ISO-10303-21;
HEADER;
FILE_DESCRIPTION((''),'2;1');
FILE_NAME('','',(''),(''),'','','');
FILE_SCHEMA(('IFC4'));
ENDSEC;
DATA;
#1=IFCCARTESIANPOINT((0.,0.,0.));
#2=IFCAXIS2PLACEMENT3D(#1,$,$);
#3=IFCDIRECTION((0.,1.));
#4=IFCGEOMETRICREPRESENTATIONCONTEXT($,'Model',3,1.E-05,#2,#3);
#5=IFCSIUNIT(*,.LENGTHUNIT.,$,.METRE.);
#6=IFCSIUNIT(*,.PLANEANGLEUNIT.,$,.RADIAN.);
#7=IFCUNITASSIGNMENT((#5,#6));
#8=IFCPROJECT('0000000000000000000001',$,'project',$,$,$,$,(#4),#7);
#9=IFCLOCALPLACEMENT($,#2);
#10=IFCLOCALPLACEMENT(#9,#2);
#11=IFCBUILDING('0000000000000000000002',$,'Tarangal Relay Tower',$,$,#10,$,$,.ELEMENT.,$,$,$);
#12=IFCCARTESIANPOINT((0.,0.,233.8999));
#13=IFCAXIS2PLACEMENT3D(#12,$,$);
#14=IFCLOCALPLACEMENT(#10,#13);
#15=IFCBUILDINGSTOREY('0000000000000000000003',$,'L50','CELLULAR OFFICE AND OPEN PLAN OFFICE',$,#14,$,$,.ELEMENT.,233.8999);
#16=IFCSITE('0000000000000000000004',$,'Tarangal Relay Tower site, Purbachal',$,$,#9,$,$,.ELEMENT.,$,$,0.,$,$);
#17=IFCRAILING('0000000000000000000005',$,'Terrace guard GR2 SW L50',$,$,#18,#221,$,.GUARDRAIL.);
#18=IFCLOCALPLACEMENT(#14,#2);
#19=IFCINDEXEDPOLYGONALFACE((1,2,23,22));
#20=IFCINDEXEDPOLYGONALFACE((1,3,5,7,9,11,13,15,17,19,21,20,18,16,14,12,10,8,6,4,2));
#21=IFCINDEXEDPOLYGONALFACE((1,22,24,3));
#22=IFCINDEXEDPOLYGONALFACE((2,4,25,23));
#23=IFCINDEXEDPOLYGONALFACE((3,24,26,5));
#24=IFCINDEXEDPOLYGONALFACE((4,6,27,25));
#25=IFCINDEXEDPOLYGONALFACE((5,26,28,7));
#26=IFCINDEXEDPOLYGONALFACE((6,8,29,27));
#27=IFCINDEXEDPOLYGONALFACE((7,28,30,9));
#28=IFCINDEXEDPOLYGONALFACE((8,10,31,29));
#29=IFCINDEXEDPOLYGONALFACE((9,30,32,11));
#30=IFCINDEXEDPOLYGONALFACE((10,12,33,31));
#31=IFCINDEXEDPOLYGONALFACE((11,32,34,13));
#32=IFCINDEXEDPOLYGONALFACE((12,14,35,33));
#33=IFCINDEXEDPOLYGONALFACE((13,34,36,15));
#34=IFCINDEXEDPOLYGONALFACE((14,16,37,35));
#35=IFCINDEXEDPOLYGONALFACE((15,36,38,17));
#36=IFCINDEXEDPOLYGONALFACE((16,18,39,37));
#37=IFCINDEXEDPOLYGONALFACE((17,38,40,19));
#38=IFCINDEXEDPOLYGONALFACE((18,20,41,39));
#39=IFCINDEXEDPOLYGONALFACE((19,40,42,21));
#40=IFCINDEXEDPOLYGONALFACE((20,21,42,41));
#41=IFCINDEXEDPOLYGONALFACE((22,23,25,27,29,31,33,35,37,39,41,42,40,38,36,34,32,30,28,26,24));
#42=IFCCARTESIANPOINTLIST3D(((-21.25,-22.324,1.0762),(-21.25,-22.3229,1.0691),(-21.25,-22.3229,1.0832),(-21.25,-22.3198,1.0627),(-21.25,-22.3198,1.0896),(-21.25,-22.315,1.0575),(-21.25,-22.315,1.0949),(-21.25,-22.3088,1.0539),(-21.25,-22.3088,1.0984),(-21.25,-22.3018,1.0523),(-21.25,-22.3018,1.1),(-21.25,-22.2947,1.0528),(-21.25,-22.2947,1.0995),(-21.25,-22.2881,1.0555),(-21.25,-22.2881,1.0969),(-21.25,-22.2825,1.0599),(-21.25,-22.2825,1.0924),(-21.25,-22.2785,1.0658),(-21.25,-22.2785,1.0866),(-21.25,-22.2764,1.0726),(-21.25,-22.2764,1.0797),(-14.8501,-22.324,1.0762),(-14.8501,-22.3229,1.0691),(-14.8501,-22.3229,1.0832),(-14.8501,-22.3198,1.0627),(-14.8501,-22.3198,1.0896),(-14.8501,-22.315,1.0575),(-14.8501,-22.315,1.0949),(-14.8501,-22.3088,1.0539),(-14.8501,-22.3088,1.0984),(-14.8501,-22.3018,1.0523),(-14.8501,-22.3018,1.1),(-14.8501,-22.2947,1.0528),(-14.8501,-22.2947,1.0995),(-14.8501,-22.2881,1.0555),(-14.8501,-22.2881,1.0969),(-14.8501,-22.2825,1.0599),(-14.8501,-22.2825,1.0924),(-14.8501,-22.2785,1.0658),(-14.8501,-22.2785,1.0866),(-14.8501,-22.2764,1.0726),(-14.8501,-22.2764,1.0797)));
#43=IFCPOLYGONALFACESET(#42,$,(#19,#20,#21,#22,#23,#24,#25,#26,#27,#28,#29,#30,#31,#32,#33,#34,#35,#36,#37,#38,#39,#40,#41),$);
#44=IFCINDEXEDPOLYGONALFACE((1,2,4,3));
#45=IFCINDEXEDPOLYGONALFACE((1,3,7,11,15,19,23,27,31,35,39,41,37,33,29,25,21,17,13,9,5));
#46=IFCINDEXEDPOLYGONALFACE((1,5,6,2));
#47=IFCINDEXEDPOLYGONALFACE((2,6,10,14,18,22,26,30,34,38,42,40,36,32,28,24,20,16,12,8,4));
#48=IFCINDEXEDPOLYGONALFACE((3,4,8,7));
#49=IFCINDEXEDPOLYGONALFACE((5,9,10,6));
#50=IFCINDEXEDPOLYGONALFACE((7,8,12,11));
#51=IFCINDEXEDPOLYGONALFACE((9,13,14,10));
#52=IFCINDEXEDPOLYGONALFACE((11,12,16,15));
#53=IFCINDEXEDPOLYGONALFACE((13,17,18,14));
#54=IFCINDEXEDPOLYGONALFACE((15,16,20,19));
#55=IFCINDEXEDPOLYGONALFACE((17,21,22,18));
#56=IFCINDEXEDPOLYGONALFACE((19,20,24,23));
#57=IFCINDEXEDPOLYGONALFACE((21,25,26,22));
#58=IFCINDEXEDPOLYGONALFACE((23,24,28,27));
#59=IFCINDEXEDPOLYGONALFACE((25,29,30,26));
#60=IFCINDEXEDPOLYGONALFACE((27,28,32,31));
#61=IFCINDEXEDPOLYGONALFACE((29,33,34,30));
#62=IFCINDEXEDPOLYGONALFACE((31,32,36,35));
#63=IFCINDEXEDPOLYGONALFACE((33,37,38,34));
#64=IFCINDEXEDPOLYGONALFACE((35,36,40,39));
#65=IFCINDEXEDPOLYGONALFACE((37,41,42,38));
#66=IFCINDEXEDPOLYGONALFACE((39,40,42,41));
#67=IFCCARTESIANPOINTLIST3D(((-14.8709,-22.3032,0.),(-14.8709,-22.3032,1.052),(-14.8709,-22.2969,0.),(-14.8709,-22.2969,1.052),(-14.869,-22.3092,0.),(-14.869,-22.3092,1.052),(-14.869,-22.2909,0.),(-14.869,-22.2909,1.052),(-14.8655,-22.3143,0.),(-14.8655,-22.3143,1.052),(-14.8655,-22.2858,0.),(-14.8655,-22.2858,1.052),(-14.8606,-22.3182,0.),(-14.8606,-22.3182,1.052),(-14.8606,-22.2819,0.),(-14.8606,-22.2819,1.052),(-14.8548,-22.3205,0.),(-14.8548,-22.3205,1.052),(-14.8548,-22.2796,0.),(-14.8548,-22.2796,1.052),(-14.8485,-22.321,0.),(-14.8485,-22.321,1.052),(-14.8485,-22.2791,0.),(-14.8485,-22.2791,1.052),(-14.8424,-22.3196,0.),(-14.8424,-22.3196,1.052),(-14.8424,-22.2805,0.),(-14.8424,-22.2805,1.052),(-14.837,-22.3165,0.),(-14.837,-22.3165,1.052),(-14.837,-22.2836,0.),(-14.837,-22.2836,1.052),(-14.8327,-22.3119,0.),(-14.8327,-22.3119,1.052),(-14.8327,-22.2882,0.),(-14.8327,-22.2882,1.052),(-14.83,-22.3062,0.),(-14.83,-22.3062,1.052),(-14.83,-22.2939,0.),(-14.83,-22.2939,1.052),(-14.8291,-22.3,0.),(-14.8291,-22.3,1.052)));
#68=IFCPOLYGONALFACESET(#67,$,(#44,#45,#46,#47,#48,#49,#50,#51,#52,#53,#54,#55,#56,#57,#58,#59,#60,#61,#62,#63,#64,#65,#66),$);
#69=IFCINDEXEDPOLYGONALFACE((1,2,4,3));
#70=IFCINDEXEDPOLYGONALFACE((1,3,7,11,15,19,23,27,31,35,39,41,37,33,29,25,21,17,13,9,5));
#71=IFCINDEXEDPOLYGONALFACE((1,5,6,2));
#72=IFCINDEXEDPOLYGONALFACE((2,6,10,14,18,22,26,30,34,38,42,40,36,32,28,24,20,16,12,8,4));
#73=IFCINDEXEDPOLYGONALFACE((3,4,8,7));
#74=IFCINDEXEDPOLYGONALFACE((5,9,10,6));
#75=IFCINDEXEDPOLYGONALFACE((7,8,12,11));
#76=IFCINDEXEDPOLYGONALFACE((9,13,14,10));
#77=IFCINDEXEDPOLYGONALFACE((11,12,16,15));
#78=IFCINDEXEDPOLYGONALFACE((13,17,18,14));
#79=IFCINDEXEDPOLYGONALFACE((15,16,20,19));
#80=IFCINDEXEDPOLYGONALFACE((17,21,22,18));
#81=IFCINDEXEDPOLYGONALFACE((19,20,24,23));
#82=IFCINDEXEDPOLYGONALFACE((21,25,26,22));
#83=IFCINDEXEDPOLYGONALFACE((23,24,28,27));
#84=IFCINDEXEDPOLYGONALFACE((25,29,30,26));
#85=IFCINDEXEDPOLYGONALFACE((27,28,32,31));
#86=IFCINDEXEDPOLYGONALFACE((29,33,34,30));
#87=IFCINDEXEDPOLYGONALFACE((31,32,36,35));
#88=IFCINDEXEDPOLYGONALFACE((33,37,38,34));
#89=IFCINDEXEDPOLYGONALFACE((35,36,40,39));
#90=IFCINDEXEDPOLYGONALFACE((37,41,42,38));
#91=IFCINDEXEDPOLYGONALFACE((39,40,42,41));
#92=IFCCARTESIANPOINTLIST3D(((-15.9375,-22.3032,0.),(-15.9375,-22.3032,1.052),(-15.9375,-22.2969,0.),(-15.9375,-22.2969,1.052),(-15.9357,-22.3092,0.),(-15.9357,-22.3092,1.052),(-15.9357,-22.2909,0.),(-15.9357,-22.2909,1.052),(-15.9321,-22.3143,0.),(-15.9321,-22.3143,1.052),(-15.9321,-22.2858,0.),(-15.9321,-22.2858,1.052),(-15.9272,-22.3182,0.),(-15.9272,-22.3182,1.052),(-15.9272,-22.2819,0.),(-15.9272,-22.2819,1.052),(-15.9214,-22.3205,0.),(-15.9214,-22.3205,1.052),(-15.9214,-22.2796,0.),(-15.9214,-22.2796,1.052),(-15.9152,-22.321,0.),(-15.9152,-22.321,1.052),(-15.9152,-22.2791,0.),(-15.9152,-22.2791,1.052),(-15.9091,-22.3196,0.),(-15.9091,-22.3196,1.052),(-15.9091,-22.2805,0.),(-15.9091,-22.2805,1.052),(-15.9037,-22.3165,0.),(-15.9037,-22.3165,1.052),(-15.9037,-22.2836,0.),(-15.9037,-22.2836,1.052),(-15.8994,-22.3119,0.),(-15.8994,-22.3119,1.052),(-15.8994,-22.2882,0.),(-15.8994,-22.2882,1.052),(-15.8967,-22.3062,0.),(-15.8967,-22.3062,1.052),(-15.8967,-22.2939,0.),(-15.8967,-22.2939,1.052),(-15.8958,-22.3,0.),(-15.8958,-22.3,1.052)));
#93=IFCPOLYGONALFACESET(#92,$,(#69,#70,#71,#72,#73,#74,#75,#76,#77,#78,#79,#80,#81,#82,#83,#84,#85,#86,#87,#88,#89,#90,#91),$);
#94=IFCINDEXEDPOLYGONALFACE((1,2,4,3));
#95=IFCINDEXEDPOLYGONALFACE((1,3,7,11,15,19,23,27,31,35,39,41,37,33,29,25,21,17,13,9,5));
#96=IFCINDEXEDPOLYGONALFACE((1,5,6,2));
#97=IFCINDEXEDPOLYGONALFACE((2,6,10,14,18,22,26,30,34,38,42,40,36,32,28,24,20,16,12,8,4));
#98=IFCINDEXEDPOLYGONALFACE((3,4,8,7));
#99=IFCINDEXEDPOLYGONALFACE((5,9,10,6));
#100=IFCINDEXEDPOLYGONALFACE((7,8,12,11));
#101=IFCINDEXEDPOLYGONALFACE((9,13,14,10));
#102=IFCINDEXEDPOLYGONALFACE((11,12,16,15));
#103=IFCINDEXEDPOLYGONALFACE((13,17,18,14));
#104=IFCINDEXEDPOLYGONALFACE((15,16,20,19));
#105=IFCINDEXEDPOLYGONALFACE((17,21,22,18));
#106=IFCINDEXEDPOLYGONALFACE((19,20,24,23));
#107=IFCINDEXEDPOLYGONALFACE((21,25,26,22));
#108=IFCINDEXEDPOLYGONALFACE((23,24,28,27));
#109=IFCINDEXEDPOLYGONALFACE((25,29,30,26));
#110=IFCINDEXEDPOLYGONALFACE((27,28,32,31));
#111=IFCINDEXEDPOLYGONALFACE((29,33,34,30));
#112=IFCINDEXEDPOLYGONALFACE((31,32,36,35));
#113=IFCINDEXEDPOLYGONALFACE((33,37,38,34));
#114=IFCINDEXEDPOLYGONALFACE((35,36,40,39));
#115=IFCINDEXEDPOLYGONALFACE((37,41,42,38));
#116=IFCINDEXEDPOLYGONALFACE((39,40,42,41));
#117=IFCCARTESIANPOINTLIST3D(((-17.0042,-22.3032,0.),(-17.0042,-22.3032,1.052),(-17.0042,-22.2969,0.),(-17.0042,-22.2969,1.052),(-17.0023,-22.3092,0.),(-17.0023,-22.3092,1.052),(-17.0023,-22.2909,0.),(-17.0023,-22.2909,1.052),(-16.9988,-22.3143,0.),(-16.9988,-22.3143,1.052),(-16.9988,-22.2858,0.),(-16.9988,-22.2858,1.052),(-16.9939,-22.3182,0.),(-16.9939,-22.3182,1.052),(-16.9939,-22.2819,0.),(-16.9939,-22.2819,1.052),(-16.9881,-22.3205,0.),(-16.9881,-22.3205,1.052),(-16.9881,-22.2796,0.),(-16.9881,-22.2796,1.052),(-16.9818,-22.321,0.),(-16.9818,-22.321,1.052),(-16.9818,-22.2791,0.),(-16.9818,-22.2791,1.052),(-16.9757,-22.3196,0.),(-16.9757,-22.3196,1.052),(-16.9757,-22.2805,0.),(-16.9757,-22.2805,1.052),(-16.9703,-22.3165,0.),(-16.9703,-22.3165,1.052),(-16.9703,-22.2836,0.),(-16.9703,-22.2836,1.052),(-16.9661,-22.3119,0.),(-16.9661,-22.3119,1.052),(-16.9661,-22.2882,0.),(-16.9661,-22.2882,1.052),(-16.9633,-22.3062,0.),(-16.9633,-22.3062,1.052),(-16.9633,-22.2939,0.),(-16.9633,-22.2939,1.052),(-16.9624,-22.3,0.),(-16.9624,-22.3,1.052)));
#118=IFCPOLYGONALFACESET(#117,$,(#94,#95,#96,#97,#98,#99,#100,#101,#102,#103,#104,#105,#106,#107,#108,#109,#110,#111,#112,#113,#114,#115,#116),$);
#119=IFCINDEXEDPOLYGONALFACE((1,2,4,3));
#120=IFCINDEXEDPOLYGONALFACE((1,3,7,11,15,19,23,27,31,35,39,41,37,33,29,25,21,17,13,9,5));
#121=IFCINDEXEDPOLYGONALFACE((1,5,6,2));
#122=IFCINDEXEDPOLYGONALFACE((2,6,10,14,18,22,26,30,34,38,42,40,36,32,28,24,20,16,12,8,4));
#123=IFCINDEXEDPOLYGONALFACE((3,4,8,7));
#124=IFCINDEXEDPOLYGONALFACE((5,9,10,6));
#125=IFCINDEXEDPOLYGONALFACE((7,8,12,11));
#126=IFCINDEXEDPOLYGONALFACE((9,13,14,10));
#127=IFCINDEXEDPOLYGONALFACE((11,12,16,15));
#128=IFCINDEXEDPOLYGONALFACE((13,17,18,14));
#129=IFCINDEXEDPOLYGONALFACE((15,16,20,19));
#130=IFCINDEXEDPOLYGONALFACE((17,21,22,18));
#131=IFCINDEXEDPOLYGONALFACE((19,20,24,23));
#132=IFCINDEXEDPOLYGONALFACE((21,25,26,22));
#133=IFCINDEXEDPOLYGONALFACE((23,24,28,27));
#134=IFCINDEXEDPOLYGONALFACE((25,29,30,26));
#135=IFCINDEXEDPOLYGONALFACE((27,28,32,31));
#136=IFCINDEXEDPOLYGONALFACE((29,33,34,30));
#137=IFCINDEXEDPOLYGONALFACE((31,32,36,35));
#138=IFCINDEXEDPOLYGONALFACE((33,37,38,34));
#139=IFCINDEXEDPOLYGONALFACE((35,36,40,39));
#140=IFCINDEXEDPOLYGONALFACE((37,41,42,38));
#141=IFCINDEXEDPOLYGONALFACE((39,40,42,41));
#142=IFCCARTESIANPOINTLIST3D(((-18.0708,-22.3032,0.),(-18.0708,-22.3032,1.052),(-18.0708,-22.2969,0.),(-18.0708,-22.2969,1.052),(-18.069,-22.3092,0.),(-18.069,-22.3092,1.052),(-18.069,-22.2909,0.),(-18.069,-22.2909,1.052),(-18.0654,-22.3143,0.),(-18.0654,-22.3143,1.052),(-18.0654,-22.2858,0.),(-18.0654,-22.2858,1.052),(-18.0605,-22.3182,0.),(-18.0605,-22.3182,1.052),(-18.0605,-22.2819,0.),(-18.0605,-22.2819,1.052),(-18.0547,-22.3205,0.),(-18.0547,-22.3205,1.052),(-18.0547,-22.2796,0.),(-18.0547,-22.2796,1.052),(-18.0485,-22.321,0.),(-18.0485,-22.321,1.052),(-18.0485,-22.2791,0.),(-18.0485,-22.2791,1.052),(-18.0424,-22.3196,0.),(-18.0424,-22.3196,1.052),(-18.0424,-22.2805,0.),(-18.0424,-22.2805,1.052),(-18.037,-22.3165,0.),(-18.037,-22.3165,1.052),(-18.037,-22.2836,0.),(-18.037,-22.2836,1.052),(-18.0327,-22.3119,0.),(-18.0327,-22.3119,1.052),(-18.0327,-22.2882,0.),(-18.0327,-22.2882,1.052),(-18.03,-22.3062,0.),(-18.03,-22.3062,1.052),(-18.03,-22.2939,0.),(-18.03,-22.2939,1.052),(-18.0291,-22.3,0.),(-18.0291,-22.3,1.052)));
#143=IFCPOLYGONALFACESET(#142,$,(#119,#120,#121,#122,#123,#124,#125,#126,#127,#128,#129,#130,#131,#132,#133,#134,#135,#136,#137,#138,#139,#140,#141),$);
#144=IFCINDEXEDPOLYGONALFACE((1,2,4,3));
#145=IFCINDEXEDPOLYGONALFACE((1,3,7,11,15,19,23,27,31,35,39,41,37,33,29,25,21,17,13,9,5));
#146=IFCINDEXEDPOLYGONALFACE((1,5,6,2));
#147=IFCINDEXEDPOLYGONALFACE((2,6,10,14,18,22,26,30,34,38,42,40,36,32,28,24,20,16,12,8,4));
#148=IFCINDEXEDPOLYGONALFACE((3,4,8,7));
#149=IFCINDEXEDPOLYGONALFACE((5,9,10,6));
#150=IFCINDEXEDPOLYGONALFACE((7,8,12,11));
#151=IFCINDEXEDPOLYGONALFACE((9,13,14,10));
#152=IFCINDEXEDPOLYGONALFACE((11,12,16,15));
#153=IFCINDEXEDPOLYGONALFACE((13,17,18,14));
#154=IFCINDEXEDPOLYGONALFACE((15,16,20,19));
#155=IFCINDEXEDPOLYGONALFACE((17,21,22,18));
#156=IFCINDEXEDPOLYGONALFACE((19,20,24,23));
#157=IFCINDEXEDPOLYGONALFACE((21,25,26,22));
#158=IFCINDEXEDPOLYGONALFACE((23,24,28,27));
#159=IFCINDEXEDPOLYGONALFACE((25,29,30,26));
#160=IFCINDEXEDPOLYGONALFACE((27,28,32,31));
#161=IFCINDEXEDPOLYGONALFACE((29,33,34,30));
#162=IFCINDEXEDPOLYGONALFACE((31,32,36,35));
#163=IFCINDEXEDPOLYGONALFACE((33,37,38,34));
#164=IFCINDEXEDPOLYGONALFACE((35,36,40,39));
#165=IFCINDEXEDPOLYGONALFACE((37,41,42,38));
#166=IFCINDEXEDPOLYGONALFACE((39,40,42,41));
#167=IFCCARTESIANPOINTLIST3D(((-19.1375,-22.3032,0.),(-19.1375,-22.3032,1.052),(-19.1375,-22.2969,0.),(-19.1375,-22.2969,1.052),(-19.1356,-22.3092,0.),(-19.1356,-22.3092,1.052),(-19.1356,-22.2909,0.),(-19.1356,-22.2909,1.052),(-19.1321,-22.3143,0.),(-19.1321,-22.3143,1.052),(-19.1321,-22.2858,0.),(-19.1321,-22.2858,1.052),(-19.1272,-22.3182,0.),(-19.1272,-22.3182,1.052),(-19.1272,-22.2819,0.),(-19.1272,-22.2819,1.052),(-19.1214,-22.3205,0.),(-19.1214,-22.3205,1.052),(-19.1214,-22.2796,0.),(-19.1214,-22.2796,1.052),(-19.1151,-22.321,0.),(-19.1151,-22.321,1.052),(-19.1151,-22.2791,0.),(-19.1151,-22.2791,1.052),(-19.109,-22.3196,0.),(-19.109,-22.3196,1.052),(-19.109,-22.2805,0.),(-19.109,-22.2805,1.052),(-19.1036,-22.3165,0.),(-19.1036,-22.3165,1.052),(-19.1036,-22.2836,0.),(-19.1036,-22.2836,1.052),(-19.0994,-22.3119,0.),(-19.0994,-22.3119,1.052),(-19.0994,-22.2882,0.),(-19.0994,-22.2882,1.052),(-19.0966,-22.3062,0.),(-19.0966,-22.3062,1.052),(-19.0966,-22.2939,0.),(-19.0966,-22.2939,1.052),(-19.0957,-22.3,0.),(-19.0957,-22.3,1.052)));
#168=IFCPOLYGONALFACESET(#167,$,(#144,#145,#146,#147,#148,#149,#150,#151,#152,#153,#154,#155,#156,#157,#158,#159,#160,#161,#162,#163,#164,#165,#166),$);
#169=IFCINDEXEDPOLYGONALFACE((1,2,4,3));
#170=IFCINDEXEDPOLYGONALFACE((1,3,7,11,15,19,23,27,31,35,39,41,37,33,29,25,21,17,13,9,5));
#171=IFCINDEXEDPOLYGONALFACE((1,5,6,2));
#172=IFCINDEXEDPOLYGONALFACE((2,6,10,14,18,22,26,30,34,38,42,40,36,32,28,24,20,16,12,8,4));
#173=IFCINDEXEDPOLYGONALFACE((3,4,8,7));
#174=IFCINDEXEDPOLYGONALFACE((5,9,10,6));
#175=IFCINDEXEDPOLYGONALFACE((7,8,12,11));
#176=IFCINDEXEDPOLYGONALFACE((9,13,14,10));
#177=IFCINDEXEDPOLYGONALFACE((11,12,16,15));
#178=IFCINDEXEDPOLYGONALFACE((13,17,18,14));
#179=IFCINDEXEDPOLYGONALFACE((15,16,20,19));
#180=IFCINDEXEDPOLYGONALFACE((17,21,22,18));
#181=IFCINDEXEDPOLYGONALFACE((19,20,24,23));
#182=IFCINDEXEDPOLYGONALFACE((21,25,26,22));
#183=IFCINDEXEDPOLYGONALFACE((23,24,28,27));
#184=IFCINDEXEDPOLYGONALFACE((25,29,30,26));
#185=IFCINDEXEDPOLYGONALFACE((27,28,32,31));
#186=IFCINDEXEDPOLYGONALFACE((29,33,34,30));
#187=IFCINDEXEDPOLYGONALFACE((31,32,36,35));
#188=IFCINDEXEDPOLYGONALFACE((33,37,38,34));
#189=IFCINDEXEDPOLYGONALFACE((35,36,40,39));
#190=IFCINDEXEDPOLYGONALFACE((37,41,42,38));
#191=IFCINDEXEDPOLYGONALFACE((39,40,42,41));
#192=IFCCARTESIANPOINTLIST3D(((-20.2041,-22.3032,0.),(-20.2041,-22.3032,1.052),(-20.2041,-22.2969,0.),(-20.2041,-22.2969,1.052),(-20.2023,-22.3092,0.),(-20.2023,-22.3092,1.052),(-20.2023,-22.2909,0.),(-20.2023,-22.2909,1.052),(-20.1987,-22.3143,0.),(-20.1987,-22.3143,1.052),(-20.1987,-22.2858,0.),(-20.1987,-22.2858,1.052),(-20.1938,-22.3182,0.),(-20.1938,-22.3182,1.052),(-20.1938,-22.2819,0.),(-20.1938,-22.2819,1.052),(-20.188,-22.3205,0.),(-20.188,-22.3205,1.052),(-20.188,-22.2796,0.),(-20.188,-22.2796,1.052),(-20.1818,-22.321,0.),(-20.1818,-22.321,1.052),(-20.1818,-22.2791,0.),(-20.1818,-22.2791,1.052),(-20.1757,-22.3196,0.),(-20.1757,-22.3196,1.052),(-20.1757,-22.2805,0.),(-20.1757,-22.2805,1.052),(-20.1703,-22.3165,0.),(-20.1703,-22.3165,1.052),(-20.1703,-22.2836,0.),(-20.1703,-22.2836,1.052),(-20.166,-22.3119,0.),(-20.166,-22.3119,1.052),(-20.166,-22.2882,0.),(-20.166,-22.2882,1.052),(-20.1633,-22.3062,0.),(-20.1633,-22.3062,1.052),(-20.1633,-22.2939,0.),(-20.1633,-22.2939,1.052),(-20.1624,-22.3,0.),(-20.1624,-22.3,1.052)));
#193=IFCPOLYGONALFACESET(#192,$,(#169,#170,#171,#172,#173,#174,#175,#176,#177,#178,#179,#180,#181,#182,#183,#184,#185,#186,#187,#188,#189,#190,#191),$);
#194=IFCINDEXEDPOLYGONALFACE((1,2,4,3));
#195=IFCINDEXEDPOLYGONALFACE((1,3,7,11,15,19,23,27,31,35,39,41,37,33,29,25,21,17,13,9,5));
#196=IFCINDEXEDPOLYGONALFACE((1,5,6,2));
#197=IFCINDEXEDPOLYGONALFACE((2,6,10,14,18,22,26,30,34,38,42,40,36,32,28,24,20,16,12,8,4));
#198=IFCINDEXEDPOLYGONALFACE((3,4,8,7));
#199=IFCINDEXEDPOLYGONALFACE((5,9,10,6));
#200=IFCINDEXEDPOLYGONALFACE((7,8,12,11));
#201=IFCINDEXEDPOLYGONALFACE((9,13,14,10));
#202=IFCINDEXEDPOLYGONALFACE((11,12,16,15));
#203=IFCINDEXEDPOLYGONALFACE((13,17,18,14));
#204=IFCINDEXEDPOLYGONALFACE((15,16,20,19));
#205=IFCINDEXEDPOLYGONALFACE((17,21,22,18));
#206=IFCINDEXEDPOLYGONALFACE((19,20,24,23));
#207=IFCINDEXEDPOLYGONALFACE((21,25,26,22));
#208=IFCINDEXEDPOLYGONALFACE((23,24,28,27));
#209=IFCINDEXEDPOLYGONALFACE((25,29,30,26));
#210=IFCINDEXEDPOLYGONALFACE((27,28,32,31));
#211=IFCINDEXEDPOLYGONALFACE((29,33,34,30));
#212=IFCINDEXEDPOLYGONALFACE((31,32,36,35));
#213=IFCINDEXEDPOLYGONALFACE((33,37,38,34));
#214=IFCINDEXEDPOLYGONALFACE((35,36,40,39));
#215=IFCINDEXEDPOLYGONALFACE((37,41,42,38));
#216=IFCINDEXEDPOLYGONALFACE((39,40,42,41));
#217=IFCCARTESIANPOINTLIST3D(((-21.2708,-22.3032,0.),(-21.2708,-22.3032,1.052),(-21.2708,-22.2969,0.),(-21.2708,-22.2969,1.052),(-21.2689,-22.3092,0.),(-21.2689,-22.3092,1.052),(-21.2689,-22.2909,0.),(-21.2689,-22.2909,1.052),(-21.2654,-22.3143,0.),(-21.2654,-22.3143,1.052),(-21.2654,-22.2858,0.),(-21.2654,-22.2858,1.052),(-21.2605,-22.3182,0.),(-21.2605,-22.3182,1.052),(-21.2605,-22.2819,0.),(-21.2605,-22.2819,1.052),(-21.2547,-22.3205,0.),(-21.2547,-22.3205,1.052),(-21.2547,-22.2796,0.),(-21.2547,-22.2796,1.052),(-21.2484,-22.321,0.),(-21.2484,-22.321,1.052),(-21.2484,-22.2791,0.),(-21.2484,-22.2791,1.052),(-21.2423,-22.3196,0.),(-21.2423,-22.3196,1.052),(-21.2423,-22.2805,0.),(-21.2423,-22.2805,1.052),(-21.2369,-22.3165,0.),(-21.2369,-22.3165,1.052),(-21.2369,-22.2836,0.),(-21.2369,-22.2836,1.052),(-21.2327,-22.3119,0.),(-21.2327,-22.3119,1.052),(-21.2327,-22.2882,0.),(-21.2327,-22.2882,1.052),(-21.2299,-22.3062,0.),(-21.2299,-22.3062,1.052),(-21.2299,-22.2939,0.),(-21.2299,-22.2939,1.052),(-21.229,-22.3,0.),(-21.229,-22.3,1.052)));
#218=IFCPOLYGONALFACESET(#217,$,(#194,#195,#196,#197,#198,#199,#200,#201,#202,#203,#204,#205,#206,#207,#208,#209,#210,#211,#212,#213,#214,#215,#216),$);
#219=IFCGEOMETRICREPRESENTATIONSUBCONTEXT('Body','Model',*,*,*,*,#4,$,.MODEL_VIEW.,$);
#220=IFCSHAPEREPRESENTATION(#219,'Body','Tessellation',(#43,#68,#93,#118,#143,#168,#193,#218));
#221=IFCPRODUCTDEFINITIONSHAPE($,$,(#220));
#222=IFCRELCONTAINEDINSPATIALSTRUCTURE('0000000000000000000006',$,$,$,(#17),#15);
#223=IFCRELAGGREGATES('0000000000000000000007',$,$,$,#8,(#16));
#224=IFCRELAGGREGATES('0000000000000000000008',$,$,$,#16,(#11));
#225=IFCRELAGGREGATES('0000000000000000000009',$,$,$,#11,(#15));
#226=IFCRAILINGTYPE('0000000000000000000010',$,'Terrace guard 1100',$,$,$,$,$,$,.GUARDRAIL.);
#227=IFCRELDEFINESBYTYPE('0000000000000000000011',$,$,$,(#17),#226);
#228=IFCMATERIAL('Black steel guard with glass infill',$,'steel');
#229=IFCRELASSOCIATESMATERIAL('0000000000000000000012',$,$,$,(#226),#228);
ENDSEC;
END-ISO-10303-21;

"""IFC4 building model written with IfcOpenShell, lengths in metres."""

from ifc_helpers import new_model, si_unit, direction, frame, origin, origin_2d, place, context, subcontext, project, spatial, circle, extrude, material, type_object, element, save


model = new_model("IFC4")

# Units and contexts
model_context = context("Model", 3, precision=1e-05, world=origin(), true_north=direction((0.0, 1.0)))
body_context = subcontext(model_context, "Body", "Model", "MODEL_VIEW")
ifc_project = project(units=[si_unit("LENGTHUNIT", "METRE"), si_unit("PLANEANGLEUNIT", "RADIAN")], contexts=[model_context])

# Site, building, storey
site_placement = place(None, origin())
site = spatial("IfcSite", under=ifc_project, at=site_placement, Name="Tarangal Relay Tower site, Purbachal", CompositionType="ELEMENT", RefElevation=0.0)
building_placement = place(site_placement, origin())
building = spatial("IfcBuilding", under=site, at=building_placement, Name="Tarangal Relay Tower", CompositionType="ELEMENT")
storey_placement = place(building_placement, frame((0.0, 0.0, 233.8999)))
storey = spatial("IfcBuildingStorey", under=building, at=storey_placement, Name="L50", Description="CELLULAR OFFICE AND OPEN PLAN OFFICE", CompositionType="ELEMENT", Elevation=233.8999)

# Railing
ifc_material_1 = material(Name="Black steel guard with glass infill", Category="steel")
railing_type = type_object("IfcRailingType", Name="Terrace guard 1100", PredefinedType="GUARDRAIL", material=ifc_material_1)
railing_1_placement = place(storey_placement, frame((-14.8501, -22.3, 0.0)))
element("IfcRailing", 1, at=railing_1_placement, inside=storey, type_object=railing_type, Name="Terrace guard GR2 SW L50", PredefinedType="GUARDRAIL", context=body_context, shape_type="SweptSolid", body=[
    extrude(circle(Radius=0.0239, at=origin_2d()), frame((0.0, 0.0, 1.0762), z_axis=(-1.0, 0.0, 0.0), x_axis=(0.0, -1.0, 0.0)), (0.0, 0.0, 1.0), 6.3999),
    extrude(circle(Radius=0.021, at=origin_2d()), origin(), (0.0, 0.0, 1.0), 1.052),
    extrude(circle(Radius=0.021, at=origin_2d()), frame((-1.0667, 0.0, 0.0)), (0.0, 0.0, 1.0), 1.052),
    extrude(circle(Radius=0.021, at=origin_2d()), frame((-2.1333, 0.0, 0.0)), (0.0, 0.0, 1.0), 1.052),
    extrude(circle(Radius=0.021, at=origin_2d()), frame((-3.2, 0.0, 0.0)), (0.0, 0.0, 1.0), 1.052),
    extrude(circle(Radius=0.021, at=origin_2d()), frame((-4.2666, 0.0, 0.0)), (0.0, 0.0, 1.0), 1.052),
    extrude(circle(Radius=0.021, at=origin_2d()), frame((-5.3333, 0.0, 0.0)), (0.0, 0.0, 1.0), 1.052),
    extrude(circle(Radius=0.021, at=origin_2d()), frame((-6.3999, 0.0, 0.0)), (0.0, 0.0, 1.0), 1.052),
])

save(model, "model.ifc")
